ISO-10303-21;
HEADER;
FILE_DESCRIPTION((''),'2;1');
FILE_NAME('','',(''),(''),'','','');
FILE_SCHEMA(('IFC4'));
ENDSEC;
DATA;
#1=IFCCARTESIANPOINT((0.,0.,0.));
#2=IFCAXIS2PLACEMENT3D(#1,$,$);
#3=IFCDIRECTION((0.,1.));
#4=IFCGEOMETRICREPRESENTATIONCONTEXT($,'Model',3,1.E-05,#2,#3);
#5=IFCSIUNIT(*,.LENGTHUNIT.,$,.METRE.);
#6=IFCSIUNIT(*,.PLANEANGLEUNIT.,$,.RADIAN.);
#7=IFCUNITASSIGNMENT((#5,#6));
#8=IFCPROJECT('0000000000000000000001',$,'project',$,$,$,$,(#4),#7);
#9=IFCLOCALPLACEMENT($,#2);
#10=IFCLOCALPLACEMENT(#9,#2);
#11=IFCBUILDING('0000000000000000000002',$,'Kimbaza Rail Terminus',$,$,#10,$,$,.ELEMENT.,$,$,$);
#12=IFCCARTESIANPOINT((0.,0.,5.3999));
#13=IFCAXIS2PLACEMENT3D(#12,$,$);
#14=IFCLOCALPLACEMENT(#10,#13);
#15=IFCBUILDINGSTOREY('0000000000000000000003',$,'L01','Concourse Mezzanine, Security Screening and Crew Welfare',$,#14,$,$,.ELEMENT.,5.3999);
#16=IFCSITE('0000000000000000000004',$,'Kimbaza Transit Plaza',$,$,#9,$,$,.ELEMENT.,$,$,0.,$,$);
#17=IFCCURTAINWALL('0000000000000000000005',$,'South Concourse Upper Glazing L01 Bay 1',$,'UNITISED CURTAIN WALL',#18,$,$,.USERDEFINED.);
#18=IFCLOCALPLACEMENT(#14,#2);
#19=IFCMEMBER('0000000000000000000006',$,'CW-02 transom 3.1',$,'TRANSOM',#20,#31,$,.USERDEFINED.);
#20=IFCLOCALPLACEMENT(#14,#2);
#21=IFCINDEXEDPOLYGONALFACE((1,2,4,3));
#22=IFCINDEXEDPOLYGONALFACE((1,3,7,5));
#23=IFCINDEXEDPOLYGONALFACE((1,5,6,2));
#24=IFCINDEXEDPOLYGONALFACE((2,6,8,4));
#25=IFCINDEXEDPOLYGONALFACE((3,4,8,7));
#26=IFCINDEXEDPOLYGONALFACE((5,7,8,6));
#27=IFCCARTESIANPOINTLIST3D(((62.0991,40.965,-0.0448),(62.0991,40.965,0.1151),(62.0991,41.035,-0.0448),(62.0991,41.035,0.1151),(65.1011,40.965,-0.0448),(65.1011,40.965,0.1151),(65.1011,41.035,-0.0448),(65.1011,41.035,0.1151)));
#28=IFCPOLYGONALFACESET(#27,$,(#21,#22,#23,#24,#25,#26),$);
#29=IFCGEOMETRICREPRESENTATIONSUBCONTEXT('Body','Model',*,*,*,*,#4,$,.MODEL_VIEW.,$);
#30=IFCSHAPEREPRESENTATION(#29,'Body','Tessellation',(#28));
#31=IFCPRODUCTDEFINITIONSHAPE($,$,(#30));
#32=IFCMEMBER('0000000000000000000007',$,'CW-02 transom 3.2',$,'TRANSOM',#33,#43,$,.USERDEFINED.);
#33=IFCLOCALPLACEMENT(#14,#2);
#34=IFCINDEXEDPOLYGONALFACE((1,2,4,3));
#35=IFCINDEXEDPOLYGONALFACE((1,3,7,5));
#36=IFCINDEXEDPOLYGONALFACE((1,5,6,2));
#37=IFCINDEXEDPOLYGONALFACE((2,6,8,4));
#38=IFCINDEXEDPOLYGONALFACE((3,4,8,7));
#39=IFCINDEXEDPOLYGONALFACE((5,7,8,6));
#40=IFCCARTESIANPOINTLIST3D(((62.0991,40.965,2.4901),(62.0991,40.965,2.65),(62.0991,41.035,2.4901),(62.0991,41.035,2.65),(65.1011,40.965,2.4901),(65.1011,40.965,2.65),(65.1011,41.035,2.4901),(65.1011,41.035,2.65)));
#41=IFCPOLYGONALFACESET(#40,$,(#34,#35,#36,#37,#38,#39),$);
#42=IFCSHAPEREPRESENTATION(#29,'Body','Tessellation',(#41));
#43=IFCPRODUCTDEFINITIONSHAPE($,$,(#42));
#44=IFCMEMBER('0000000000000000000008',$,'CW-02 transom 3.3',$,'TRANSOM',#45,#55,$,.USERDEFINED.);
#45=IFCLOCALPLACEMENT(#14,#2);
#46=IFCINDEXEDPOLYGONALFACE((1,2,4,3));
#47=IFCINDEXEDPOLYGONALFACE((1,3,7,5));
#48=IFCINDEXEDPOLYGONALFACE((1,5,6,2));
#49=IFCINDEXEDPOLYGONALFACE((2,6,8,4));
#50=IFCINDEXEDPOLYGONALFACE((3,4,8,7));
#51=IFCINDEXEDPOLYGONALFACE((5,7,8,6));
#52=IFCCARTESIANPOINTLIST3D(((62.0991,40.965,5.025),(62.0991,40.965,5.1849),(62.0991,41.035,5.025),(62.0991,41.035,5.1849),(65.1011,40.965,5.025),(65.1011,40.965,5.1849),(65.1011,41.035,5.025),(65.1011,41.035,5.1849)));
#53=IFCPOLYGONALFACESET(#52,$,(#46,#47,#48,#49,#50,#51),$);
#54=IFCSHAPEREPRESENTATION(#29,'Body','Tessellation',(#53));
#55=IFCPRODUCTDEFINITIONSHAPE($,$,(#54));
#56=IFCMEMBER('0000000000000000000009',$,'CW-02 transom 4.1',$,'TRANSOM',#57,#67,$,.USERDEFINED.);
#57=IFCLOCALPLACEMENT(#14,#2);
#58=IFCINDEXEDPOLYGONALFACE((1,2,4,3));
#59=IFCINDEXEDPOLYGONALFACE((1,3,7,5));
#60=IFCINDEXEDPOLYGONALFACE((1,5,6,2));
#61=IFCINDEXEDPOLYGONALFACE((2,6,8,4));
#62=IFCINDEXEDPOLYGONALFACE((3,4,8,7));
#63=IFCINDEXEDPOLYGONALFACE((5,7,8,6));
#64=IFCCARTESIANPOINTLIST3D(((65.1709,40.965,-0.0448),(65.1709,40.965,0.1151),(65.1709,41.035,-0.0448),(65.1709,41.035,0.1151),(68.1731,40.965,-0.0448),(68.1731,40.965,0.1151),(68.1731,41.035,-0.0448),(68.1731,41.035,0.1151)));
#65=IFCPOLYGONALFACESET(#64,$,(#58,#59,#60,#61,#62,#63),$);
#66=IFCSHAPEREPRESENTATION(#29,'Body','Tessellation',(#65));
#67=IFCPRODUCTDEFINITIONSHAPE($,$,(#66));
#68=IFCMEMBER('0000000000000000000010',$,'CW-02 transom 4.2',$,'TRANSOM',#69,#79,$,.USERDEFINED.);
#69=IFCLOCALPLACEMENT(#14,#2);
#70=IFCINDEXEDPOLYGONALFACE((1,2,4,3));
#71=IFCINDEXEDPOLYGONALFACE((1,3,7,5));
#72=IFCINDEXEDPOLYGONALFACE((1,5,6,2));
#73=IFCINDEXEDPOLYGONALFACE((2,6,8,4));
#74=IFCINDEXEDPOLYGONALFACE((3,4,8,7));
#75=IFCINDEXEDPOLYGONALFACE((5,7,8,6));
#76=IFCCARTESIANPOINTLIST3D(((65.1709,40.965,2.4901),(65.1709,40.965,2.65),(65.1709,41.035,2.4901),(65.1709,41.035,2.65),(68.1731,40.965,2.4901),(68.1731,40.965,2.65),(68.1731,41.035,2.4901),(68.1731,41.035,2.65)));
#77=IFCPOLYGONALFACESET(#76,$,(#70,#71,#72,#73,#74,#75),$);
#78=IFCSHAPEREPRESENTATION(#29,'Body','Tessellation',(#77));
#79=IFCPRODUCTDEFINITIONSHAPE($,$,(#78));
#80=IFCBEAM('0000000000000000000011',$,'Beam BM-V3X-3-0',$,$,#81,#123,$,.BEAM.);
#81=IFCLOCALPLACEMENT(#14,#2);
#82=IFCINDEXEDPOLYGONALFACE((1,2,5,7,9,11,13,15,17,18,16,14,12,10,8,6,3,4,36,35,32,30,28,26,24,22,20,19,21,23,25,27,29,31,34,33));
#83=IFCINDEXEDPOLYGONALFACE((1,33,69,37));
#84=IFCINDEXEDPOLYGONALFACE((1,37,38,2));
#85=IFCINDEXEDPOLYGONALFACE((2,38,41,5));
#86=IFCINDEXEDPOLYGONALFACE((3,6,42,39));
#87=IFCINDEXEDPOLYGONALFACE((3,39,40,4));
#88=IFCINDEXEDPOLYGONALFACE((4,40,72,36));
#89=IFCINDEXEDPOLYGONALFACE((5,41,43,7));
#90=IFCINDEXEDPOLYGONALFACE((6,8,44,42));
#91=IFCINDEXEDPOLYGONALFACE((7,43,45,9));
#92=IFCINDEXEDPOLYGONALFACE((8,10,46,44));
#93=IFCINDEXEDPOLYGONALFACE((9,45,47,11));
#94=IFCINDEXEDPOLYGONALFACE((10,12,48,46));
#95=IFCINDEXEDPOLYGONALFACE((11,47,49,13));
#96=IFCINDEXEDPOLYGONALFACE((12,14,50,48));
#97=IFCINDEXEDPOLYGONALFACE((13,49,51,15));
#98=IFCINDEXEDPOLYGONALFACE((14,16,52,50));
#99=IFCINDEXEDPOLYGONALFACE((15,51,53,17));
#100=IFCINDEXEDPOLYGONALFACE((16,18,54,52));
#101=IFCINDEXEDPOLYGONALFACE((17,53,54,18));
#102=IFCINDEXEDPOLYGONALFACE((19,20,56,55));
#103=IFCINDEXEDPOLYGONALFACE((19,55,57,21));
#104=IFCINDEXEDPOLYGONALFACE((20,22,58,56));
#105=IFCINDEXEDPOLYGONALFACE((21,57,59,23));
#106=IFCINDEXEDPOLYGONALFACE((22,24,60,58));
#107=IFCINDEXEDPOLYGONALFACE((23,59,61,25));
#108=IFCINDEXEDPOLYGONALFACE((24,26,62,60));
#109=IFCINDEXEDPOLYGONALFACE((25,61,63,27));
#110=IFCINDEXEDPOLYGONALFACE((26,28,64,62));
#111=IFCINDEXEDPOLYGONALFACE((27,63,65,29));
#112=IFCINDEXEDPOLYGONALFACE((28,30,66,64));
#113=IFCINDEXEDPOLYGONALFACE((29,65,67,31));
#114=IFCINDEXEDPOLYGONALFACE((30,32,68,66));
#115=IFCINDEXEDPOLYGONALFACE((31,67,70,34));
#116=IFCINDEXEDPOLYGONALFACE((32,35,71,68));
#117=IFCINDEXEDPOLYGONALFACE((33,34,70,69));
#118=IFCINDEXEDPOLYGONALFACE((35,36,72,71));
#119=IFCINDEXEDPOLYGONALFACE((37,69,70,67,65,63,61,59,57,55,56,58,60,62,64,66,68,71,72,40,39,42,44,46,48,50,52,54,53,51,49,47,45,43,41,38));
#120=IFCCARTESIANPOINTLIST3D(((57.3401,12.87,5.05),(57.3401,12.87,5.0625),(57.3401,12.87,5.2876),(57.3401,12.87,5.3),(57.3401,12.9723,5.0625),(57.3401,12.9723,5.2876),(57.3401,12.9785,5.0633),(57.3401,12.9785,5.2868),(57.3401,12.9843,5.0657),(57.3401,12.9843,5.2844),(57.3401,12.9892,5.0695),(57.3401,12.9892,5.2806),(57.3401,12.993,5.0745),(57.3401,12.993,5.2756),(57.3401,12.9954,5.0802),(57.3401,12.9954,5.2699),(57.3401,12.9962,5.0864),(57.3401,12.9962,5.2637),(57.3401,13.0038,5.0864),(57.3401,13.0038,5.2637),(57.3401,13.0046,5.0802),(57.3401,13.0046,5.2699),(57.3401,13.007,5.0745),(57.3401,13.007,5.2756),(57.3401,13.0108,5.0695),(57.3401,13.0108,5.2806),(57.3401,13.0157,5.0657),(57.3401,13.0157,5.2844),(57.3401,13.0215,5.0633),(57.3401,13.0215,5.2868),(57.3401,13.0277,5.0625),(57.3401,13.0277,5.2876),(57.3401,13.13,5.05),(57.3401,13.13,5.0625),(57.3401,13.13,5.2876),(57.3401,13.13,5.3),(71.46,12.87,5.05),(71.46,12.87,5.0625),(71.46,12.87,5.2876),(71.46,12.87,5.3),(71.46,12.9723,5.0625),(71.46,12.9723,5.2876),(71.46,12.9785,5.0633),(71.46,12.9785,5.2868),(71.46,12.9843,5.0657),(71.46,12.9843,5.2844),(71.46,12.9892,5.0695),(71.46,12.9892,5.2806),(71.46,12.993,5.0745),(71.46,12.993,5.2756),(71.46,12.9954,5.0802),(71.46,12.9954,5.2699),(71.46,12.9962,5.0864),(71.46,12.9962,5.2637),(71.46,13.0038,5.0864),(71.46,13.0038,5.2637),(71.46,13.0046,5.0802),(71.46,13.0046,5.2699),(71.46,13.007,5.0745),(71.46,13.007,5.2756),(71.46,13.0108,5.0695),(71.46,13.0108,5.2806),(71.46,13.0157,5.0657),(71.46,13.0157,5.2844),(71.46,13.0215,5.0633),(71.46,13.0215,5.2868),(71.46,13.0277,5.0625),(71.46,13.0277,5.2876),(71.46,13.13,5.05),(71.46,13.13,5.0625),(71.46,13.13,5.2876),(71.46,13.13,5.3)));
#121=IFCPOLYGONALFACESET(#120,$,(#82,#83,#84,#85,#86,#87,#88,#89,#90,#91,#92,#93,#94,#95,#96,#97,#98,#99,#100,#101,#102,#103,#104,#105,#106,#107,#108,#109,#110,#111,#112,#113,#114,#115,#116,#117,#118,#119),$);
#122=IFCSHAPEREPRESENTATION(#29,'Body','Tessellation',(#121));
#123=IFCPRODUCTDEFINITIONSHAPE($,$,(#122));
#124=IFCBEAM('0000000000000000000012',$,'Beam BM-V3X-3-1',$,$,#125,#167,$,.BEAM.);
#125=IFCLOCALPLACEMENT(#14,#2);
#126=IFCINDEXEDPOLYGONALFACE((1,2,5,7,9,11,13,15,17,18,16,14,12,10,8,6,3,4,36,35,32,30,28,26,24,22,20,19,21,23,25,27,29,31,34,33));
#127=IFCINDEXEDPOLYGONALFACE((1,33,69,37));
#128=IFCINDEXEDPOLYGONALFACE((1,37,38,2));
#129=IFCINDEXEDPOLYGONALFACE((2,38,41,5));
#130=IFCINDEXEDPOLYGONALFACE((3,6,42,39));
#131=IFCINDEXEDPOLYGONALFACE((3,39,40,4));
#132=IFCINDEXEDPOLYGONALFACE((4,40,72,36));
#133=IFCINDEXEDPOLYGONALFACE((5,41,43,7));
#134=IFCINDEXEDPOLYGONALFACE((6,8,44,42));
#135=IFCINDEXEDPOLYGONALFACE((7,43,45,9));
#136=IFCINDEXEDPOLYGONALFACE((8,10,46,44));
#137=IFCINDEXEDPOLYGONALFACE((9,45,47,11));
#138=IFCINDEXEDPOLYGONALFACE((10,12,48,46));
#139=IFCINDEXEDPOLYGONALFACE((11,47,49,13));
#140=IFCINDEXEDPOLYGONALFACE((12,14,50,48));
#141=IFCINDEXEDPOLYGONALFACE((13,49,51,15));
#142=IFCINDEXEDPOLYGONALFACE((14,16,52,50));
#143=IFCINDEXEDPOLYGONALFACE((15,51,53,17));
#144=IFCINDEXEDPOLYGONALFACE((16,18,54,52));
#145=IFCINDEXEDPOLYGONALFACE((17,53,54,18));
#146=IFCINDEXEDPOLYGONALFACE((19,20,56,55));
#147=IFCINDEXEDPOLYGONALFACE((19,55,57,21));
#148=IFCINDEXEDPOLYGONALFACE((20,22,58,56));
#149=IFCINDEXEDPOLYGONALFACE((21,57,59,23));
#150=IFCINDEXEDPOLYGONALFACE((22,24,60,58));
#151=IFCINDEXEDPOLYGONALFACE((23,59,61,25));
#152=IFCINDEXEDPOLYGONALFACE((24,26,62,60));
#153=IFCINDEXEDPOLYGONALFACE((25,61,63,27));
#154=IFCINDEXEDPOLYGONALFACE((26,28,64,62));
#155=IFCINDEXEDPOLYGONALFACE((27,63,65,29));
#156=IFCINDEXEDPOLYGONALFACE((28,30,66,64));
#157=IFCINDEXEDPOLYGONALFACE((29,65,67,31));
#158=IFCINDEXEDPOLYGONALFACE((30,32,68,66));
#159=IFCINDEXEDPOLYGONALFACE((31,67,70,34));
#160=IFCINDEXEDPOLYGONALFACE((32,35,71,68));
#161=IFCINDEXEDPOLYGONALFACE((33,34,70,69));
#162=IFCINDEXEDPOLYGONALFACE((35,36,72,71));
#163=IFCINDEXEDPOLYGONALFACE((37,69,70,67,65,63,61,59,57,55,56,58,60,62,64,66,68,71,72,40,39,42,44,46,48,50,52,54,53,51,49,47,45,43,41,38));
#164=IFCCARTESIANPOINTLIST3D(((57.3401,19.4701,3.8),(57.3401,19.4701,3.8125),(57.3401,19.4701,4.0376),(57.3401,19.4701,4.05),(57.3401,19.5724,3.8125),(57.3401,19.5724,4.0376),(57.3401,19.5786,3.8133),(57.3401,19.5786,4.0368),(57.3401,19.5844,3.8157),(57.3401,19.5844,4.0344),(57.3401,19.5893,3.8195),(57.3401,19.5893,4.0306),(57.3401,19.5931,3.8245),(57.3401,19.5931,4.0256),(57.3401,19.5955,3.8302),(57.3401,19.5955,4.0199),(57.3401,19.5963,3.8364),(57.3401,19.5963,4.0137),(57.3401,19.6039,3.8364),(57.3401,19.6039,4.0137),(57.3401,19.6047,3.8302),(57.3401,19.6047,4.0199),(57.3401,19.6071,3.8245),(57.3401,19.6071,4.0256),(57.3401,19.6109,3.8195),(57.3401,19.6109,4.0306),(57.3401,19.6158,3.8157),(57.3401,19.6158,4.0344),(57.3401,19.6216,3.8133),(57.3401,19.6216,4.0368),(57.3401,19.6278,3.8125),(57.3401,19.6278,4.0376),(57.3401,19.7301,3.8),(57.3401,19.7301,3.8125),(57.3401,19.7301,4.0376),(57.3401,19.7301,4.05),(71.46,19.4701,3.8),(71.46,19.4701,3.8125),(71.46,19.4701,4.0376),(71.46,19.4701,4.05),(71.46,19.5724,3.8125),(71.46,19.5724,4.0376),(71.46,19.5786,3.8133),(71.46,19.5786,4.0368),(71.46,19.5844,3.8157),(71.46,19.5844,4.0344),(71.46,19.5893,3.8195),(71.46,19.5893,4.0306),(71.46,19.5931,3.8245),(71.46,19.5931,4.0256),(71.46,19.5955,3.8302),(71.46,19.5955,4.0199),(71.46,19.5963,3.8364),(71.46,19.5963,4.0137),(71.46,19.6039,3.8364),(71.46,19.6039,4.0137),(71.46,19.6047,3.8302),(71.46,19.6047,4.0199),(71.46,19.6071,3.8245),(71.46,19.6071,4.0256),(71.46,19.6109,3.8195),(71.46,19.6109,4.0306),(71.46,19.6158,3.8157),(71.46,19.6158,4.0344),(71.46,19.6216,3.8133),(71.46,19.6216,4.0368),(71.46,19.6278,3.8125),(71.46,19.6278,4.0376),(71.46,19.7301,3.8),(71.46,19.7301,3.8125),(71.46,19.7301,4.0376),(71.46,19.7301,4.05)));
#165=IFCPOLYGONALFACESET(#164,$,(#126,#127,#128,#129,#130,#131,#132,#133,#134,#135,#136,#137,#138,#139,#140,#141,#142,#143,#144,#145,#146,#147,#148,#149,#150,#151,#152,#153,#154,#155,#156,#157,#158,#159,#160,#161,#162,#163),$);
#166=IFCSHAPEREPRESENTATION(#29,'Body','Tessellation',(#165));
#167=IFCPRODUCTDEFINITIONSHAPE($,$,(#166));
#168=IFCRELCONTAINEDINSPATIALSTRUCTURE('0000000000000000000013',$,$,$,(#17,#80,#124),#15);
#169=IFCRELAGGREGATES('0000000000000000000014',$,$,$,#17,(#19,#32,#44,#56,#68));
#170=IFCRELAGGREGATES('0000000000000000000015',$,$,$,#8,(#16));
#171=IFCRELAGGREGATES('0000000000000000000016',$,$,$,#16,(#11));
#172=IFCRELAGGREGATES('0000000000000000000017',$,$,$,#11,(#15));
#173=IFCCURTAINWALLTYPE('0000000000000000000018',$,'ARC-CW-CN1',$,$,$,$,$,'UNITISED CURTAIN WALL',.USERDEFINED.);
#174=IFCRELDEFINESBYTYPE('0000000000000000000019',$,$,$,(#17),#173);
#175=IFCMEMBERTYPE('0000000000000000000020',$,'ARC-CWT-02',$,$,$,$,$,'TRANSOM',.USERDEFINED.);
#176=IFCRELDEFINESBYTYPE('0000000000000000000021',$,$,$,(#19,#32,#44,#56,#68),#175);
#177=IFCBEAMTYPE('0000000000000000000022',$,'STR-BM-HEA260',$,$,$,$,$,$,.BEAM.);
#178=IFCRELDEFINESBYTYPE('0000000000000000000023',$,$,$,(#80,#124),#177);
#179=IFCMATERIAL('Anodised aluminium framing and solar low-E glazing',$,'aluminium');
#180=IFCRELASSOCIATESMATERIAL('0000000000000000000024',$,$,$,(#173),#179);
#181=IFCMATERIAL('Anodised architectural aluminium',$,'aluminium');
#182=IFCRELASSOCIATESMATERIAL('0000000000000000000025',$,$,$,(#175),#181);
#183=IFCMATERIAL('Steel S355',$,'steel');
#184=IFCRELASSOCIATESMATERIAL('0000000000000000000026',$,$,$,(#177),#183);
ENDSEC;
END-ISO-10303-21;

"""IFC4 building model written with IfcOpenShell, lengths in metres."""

from ifc_helpers import new_model, si_unit, direction, frame, origin, origin_2d, place, context, subcontext, project, spatial, rectangle, i_section, extrude, material, material_profile, profile_set, type_object, element, aggregate, save


model = new_model("IFC4")

# Units and contexts
model_context = context("Model", 3, precision=1e-05, world=origin(), true_north=direction((0.0, 1.0)))
body_context = subcontext(model_context, "Body", "Model", "MODEL_VIEW")
ifc_project = project(units=[si_unit("LENGTHUNIT", "METRE"), si_unit("PLANEANGLEUNIT", "RADIAN")], contexts=[model_context])

# Site, building, storey
site_placement = place(None, origin())
site = spatial("IfcSite", under=ifc_project, at=site_placement, Name="Kimbaza Transit Plaza", CompositionType="ELEMENT", RefElevation=0.0)
building_placement = place(site_placement, origin())
building = spatial("IfcBuilding", under=site, at=building_placement, Name="Kimbaza Rail Terminus", CompositionType="ELEMENT")
storey_placement = place(building_placement, frame((0.0, 0.0, 5.3999)))
storey = spatial("IfcBuildingStorey", under=building, at=storey_placement, Name="L01", Description="Concourse Mezzanine, Security Screening and Crew Welfare", CompositionType="ELEMENT", Elevation=5.3999)

# Curtain wall, members
ifc_material_1 = material(Name="Anodised aluminium framing and solar low-E glazing", Category="aluminium")
curtain_wall_type = type_object("IfcCurtainWallType", Name="ARC-CW-CN1", ElementType="UNITISED CURTAIN WALL", PredefinedType="USERDEFINED", material=ifc_material_1)
curtain_wall_placement = place(storey_placement, origin())
curtain_wall = element("IfcCurtainWall", 1, at=curtain_wall_placement, inside=storey, type_object=curtain_wall_type, Name="South Concourse Upper Glazing L01 Bay 1", ObjectType="UNITISED CURTAIN WALL", PredefinedType="USERDEFINED")
ifc_material_2 = material(Name="Anodised architectural aluminium", Category="aluminium")
ifc_material_profile_1 = material_profile(ifc_material_2, rectangle(XDim=0.0701, YDim=0.1599, at=origin_2d()), Name="TRANSOM 70x160")
ifc_profile_set_1 = profile_set([ifc_material_profile_1], Name="Anodised architectural aluminium")
member_type_1 = type_object("IfcMemberType", Name="ARC-CWT-02", ElementType="TRANSOM", PredefinedType="USERDEFINED", material=ifc_profile_set_1)
member_1_placement = place(storey_placement, frame((62.0991, 41.0, 0.0352), z_axis=(1.0, 0.0, 0.0), x_axis=(0.0, 1.0, 0.0)))
member_1 = element("IfcMember", 2, at=member_1_placement, type_object=member_type_1, Name="CW-02 transom 3.1", ObjectType="TRANSOM", PredefinedType="USERDEFINED", context=body_context, shape_type="SweptSolid", body=[
    extrude(rectangle(XDim=0.0701, YDim=0.1599, at=origin_2d()), origin(), (0.0, 0.0, 1.0), 3.002),
])
member_2_placement = place(storey_placement, frame((62.0991, 41.0, 2.5701), z_axis=(1.0, 0.0, 0.0), x_axis=(0.0, 1.0, 0.0)))
member_2 = element("IfcMember", 3, at=member_2_placement, type_object=member_type_1, Name="CW-02 transom 3.2", ObjectType="TRANSOM", PredefinedType="USERDEFINED", context=body_context, shape_type="SweptSolid", body=[
    extrude(rectangle(XDim=0.0701, YDim=0.1599, at=origin_2d()), origin(), (0.0, 0.0, 1.0), 3.002),
])
member_3_placement = place(storey_placement, frame((62.0991, 41.0, 5.105), z_axis=(1.0, 0.0, 0.0), x_axis=(0.0, 1.0, 0.0)))
member_3 = element("IfcMember", 4, at=member_3_placement, type_object=member_type_1, Name="CW-02 transom 3.3", ObjectType="TRANSOM", PredefinedType="USERDEFINED", context=body_context, shape_type="SweptSolid", body=[
    extrude(rectangle(XDim=0.0701, YDim=0.1599, at=origin_2d()), origin(), (0.0, 0.0, 1.0), 3.002),
])
member_4_placement = place(storey_placement, frame((65.1709, 41.0, 0.0352), z_axis=(1.0, 0.0, 0.0), x_axis=(0.0, 1.0, 0.0)))
member_4 = element("IfcMember", 5, at=member_4_placement, type_object=member_type_1, Name="CW-02 transom 4.1", ObjectType="TRANSOM", PredefinedType="USERDEFINED", context=body_context, shape_type="SweptSolid", body=[
    extrude(rectangle(XDim=0.0701, YDim=0.1599, at=origin_2d()), origin(), (0.0, 0.0, 1.0), 3.0022),
])
member_5_placement = place(storey_placement, frame((65.1709, 41.0, 2.5701), z_axis=(1.0, 0.0, 0.0), x_axis=(0.0, 1.0, 0.0)))
member_5 = element("IfcMember", 6, at=member_5_placement, type_object=member_type_1, Name="CW-02 transom 4.2", ObjectType="TRANSOM", PredefinedType="USERDEFINED", context=body_context, shape_type="SweptSolid", body=[
    extrude(rectangle(XDim=0.0701, YDim=0.1599, at=origin_2d()), origin(), (0.0, 0.0, 1.0), 3.0022),
])

# Beams
ifc_material_3 = material(Name="Steel S355", Category="steel")
ifc_material_profile_2 = material_profile(ifc_material_3, i_section(OverallWidth=0.26, OverallDepth=0.25, WebThickness=0.0076, FlangeThickness=0.0125, FilletRadius=0.0239, at=origin_2d()), Name="HEA 260")
ifc_profile_set_2 = profile_set([ifc_material_profile_2], Name="Steel S355")
beam_type_1 = type_object("IfcBeamType", Name="STR-BM-HEA260", PredefinedType="BEAM", material=ifc_profile_set_2)
for number, where, z_axis, x_axis, name in (
    (7, (57.3401, 13.0, 5.175), (1.0, 0.0, 0.0), (0.0, 1.0, 0.0), "Beam BM-V3X-3-0"),
    (8, (57.3401, 19.6001, 3.925), (1.0, 0.0, 0.0), (0.0, 1.0, 0.0), "Beam BM-V3X-3-1"),
):
    element("IfcBeam", number, at=place(storey_placement, frame(where, z_axis=z_axis, x_axis=x_axis)), inside=storey, type_object=beam_type_1, Name=name, PredefinedType="BEAM", context=body_context, shape_type="SweptSolid", body=[
        extrude(i_section(OverallWidth=0.26, OverallDepth=0.25, WebThickness=0.0076, FlangeThickness=0.0125, FilletRadius=0.0239, at=origin_2d()), origin(), (0.0, 0.0, 1.0), 14.1199),
    ])

aggregate(curtain_wall, [member_1, member_2, member_3, member_4, member_5])

save(model, "model.ifc")
